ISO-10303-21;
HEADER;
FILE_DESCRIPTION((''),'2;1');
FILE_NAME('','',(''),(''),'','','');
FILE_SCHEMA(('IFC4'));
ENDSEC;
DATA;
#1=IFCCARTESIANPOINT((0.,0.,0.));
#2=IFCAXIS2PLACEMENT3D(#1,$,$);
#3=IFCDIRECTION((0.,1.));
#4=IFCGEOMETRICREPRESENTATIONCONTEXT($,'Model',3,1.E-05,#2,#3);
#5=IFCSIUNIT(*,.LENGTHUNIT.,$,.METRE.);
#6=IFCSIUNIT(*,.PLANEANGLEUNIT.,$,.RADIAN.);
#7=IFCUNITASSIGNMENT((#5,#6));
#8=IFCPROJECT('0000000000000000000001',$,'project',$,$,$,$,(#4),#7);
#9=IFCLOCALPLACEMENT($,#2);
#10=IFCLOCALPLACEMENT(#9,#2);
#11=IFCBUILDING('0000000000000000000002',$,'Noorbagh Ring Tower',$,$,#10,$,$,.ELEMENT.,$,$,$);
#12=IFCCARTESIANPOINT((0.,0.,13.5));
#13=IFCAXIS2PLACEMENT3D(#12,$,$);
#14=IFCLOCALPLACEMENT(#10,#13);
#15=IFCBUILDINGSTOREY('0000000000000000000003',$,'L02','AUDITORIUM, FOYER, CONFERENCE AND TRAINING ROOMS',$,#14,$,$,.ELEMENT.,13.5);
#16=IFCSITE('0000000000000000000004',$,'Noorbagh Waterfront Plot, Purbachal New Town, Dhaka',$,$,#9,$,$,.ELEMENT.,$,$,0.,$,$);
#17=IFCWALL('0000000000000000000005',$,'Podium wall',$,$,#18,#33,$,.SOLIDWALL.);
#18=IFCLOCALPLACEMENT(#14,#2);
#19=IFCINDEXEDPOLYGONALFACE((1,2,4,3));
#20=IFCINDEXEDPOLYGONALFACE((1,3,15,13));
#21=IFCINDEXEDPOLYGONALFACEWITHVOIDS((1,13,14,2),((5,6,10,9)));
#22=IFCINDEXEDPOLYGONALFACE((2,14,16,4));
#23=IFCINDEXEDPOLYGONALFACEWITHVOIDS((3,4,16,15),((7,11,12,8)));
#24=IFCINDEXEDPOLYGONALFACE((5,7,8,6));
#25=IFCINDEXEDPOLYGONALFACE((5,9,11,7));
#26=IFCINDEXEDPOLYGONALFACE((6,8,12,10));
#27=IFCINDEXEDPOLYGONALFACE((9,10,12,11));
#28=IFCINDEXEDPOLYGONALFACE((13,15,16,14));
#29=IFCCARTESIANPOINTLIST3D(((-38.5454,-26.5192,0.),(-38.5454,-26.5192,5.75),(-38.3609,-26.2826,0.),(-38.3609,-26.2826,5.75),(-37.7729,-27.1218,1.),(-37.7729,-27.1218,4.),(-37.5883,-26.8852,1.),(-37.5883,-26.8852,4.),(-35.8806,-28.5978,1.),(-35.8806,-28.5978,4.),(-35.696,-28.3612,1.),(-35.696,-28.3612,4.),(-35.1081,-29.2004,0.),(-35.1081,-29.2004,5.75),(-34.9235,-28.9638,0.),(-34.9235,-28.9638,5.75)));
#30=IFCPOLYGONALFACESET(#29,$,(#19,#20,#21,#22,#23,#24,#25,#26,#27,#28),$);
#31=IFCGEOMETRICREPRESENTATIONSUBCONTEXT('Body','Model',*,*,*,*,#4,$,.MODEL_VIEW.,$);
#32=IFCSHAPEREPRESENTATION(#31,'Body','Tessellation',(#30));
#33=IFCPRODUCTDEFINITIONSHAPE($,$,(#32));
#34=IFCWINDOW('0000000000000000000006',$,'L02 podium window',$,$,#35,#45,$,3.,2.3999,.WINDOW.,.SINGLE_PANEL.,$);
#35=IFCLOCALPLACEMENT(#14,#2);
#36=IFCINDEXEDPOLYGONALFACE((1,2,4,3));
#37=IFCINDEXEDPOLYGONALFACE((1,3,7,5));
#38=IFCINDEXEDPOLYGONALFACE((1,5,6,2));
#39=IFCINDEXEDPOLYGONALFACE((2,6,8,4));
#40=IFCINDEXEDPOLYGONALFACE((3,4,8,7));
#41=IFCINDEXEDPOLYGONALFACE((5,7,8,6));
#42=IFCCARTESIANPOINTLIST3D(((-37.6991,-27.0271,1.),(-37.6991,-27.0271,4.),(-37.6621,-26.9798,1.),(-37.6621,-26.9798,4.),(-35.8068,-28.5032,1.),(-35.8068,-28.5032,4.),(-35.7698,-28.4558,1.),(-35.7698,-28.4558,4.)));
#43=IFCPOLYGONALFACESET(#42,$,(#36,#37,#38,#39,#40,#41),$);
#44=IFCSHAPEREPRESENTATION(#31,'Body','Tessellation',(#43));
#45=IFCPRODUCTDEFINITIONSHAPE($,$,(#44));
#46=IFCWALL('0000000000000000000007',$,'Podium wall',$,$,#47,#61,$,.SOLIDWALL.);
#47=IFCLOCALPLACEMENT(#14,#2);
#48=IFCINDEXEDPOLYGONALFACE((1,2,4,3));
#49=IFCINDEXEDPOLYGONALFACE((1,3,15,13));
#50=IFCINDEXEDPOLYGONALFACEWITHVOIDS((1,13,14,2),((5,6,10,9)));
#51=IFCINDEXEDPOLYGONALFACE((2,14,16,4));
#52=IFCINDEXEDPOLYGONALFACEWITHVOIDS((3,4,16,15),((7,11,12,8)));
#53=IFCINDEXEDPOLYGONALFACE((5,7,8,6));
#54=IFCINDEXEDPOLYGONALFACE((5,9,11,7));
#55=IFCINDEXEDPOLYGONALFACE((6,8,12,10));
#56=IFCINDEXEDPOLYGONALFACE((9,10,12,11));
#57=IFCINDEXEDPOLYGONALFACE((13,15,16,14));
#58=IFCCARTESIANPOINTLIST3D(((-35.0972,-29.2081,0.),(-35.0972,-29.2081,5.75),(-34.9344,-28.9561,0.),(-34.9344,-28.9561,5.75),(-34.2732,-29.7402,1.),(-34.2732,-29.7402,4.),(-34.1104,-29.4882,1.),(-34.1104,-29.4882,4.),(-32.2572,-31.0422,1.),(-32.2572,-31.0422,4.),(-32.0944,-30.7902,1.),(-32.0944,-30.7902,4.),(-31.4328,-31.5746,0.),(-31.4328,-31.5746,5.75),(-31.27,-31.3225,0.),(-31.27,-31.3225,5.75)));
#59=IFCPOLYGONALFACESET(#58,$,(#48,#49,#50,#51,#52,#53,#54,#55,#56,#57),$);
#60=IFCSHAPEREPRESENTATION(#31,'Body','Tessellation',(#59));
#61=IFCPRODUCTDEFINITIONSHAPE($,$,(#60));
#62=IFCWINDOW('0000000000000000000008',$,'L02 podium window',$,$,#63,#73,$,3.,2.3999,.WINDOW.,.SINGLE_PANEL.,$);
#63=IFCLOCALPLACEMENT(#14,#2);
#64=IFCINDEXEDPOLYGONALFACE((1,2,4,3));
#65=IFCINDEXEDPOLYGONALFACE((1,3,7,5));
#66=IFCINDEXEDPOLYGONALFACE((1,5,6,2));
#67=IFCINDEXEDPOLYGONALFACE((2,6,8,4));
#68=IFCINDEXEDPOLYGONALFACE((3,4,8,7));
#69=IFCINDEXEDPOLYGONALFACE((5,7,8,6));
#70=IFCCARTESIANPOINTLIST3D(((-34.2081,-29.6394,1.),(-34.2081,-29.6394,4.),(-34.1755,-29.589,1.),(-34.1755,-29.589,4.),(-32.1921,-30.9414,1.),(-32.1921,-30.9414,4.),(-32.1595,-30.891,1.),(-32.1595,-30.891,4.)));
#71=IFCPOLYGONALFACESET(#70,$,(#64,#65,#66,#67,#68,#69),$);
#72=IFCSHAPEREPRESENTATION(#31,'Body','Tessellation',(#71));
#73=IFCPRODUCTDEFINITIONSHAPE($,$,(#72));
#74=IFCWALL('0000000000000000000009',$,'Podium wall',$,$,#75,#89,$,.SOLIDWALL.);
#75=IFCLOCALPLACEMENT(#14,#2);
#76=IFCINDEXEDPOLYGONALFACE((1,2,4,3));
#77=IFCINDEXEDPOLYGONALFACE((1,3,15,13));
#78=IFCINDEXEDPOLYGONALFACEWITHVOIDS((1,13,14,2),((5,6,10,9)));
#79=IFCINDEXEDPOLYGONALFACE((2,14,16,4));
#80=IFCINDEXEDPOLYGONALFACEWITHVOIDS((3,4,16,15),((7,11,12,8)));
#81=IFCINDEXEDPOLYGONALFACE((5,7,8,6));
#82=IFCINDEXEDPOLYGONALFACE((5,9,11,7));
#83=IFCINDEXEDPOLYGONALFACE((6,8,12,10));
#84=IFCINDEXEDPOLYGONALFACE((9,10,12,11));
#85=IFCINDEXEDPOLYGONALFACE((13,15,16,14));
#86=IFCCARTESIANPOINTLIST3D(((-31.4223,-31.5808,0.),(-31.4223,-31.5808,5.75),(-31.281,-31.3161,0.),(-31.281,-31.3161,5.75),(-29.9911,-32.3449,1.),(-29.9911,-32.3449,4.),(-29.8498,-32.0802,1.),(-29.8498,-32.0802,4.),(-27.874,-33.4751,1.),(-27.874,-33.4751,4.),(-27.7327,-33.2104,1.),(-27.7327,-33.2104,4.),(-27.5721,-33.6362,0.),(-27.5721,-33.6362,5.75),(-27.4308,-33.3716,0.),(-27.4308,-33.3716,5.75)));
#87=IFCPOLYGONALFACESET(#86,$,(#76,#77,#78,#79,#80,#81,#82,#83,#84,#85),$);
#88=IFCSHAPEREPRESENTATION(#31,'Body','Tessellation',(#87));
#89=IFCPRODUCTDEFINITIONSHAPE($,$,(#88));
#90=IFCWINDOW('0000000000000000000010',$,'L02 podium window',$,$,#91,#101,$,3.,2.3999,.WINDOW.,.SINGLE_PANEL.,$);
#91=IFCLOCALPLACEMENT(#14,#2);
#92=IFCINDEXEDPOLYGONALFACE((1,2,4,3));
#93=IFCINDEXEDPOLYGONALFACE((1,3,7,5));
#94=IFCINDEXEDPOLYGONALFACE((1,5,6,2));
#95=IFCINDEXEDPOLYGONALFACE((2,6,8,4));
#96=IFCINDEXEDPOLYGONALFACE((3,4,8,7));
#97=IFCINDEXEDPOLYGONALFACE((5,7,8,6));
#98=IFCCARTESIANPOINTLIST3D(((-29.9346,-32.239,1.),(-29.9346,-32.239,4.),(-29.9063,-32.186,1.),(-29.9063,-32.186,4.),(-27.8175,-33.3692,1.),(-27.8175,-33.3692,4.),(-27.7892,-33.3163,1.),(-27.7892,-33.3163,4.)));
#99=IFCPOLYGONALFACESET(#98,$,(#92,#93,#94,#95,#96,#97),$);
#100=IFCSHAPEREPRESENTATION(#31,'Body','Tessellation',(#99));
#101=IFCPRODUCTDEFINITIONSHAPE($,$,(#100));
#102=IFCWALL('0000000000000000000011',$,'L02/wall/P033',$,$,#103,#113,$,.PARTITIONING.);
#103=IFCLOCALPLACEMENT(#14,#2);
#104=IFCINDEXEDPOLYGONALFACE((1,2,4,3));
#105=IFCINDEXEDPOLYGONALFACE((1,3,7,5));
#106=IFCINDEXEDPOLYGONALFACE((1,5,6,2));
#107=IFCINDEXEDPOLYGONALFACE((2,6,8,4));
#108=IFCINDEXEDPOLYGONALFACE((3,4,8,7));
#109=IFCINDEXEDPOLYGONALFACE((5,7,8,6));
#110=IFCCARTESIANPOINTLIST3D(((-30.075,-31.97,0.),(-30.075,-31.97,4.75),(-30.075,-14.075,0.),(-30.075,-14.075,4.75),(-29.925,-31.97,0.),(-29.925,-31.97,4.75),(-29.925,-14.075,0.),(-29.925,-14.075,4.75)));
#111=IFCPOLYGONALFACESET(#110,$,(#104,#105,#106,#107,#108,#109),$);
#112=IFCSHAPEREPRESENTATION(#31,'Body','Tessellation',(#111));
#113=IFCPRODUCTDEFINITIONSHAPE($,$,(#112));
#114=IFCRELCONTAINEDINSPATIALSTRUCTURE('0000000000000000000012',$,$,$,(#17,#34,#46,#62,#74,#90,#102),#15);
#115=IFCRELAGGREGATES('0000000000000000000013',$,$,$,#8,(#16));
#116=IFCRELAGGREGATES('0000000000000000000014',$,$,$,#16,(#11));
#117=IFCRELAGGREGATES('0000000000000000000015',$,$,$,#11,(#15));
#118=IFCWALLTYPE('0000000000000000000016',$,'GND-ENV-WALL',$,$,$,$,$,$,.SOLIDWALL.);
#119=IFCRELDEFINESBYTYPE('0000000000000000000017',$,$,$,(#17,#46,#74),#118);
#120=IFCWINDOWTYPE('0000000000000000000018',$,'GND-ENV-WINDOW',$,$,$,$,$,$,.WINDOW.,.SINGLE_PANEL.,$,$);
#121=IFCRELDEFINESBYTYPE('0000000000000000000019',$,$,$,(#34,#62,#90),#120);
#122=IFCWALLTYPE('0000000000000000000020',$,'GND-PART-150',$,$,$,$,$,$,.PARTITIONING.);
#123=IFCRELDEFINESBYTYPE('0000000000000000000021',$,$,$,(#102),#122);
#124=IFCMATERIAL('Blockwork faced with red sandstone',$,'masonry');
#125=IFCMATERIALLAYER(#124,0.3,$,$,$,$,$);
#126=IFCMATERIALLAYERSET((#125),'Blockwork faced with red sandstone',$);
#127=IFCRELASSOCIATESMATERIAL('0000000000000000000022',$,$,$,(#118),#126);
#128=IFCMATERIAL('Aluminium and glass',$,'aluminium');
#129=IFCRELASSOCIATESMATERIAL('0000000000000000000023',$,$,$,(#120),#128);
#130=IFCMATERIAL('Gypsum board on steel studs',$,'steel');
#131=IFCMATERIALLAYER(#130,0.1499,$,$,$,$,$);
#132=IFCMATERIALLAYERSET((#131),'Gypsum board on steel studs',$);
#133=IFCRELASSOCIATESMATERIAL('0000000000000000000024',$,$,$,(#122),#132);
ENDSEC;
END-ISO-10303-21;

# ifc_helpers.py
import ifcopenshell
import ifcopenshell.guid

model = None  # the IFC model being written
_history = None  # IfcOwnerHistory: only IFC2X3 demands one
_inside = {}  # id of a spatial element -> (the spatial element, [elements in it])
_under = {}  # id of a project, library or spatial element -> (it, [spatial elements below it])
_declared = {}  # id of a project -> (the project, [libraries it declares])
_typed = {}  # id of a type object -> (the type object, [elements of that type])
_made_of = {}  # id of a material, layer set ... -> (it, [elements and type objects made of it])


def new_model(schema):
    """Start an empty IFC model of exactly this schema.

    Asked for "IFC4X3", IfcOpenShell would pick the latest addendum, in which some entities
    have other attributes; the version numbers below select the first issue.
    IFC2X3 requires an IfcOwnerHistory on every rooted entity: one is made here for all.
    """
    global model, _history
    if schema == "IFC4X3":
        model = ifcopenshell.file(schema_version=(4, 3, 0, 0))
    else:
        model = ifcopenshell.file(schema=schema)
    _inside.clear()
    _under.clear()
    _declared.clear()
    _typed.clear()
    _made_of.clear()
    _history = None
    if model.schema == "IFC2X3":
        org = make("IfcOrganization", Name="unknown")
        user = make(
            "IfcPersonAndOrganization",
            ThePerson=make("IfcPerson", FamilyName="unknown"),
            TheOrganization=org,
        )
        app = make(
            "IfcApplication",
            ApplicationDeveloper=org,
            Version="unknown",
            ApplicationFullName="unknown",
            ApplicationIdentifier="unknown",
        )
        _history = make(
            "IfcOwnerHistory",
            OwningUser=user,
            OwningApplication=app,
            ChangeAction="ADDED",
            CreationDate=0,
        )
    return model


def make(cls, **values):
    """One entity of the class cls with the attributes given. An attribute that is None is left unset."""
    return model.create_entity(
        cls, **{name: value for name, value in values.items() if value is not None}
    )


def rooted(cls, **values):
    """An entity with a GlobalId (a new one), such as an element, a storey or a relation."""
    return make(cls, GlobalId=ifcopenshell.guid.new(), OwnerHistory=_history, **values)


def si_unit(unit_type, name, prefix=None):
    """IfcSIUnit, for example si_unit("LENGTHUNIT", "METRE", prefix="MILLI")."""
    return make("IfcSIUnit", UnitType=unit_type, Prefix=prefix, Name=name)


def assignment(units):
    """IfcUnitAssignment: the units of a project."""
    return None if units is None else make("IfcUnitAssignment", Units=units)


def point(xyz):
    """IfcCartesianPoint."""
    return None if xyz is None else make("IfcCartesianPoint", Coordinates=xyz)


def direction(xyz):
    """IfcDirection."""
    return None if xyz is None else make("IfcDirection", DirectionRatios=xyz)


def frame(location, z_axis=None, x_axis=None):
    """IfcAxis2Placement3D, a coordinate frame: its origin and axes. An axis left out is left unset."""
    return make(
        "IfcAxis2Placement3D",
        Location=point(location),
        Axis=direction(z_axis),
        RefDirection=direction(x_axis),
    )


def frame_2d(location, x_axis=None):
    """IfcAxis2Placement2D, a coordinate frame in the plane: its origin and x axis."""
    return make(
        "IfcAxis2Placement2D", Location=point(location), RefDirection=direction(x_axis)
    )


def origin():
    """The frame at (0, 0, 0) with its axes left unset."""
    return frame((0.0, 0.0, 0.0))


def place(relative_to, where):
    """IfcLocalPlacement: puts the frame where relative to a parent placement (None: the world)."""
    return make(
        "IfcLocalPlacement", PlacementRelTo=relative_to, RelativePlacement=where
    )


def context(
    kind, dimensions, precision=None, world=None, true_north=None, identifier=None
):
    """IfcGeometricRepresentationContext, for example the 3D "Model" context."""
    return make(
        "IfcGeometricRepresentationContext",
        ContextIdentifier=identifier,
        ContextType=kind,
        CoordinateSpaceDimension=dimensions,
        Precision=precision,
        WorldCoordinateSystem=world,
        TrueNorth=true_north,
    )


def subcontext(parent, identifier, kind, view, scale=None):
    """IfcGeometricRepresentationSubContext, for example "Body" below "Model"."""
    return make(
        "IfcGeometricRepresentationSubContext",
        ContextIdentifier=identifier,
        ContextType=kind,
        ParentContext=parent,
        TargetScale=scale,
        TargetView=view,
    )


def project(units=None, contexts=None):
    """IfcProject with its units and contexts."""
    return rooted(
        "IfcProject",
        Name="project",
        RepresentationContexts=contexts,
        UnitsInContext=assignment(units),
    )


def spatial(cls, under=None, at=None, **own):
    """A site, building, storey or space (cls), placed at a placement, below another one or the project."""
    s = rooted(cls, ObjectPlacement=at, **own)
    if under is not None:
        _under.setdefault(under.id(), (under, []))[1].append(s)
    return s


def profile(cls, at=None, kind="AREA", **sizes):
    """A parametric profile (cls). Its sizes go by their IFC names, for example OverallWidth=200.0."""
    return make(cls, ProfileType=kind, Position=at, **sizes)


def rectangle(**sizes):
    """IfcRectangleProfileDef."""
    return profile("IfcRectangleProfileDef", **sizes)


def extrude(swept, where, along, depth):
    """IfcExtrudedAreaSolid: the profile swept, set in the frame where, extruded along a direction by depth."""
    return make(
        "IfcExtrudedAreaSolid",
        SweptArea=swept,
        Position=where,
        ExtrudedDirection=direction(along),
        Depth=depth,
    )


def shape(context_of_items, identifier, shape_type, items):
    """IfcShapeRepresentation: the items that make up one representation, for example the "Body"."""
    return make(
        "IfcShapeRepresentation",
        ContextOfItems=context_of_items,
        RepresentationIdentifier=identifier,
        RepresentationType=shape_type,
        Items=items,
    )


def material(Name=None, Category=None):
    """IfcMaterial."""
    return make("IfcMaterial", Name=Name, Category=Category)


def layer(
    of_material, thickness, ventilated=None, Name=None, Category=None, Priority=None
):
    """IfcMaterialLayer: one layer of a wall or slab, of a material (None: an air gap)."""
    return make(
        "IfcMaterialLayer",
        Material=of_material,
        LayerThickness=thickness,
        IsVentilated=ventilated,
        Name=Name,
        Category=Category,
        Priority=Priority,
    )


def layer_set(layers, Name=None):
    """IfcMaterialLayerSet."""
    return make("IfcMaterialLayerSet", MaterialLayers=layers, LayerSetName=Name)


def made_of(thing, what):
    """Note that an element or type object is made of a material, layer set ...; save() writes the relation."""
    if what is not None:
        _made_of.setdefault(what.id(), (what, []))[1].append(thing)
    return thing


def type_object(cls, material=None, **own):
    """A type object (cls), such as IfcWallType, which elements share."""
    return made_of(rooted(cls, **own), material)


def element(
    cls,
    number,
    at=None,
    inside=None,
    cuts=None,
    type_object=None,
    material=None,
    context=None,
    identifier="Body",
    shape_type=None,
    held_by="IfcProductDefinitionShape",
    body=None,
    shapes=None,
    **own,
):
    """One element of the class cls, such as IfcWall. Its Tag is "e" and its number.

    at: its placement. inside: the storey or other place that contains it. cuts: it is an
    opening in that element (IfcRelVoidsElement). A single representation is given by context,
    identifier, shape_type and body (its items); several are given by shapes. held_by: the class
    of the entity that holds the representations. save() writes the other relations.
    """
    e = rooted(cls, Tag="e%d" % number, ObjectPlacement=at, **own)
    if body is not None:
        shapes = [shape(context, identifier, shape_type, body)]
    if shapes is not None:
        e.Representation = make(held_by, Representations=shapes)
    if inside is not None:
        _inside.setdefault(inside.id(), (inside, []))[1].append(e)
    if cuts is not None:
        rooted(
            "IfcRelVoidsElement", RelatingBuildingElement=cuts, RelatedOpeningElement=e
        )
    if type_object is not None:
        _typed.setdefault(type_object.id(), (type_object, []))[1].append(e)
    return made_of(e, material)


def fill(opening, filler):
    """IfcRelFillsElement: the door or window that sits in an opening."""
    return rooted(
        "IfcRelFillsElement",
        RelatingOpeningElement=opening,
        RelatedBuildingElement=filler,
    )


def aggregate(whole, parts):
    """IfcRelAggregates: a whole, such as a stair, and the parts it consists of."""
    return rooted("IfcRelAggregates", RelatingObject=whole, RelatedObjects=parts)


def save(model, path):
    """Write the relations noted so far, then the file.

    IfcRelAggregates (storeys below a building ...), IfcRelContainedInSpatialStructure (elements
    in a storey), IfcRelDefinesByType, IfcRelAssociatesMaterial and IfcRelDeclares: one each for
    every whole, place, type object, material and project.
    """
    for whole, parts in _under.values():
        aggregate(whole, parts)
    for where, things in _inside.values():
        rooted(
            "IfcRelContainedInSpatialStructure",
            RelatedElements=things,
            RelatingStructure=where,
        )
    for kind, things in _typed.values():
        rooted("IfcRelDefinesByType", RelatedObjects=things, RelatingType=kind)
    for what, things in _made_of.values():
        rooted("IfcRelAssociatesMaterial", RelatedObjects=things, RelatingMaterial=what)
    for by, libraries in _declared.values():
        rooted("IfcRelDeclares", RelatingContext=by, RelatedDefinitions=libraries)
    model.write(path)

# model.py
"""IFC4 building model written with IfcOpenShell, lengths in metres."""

from ifc_helpers import new_model, si_unit, direction, frame, frame_2d, origin, place, context, subcontext, project, spatial, rectangle, extrude, material, layer, layer_set, type_object, element, fill, save


model = new_model("IFC4")

# Units and contexts
model_context = context("Model", 3, precision=1e-05, world=origin(), true_north=direction((0.0, 1.0)))
body_context = subcontext(model_context, "Body", "Model", "MODEL_VIEW")
ifc_project = project(units=[si_unit("LENGTHUNIT", "METRE"), si_unit("PLANEANGLEUNIT", "RADIAN")], contexts=[model_context])

# Site, building, storey
site_placement = place(None, origin())
site = spatial("IfcSite", under=ifc_project, at=site_placement, Name="Noorbagh Waterfront Plot, Purbachal New Town, Dhaka", CompositionType="ELEMENT", RefElevation=0.0)
building_placement = place(site_placement, origin())
building = spatial("IfcBuilding", under=site, at=building_placement, Name="Noorbagh Ring Tower", CompositionType="ELEMENT")
storey_placement = place(building_placement, frame((0.0, 0.0, 13.5)))
storey = spatial("IfcBuildingStorey", under=building, at=storey_placement, Name="L02", Description="AUDITORIUM, FOYER, CONFERENCE AND TRAINING ROOMS", CompositionType="ELEMENT", Elevation=13.5)

# Walls, openings, windows
ifc_material_1 = material(Name="Blockwork faced with red sandstone", Category="masonry")
ifc_layer_1 = layer(ifc_material_1, 0.3)
ifc_layer_set_1 = layer_set([ifc_layer_1], Name="Blockwork faced with red sandstone")
wall_type_1 = type_object("IfcWallType", Name="GND-ENV-WALL", PredefinedType="SOLIDWALL", material=ifc_layer_set_1)
wall_1_placement = place(storey_placement, frame((-38.4531, -26.4009, 0.0), z_axis=(0.0, 0.0, 1.0), x_axis=(0.788492, -0.615045, 0.0)))
wall_1 = element("IfcWall", 1, at=wall_1_placement, inside=storey, type_object=wall_type_1, Name="Podium wall", PredefinedType="SOLIDWALL", context=body_context, shape_type="SweptSolid", body=[
    extrude(rectangle(XDim=4.3594, YDim=0.3, at=frame_2d((2.1797, 0.0))), origin(), (0.0, 0.0, 1.0), 5.75),
])
opening_1_placement = place(wall_1_placement, frame((0.9797, 0.0, 1.0)))
opening_1 = element("IfcOpeningElement", 2, at=opening_1_placement, cuts=wall_1, PredefinedType="OPENING", context=body_context, shape_type="SweptSolid", body=[
    extrude(rectangle(XDim=2.3999, YDim=3.0, at=frame_2d((1.2, 1.5))), frame((0.0, 0.1602, 0.0), z_axis=(0.0, -1.0, 0.0), x_axis=(1.0, 0.0, 0.0)), (0.0, 0.0, 1.0), 0.3201),
])
ifc_material_2 = material(Name="Aluminium and glass", Category="aluminium")
window_type = type_object("IfcWindowType", Name="GND-ENV-WINDOW", PartitioningType="SINGLE_PANEL", PredefinedType="WINDOW", material=ifc_material_2)
window_1_placement = place(opening_1_placement, origin())
window_1 = element("IfcWindow", 3, at=window_1_placement, inside=storey, type_object=window_type, Name="L02 podium window", OverallHeight=3.0, OverallWidth=2.3999, PartitioningType="SINGLE_PANEL", PredefinedType="WINDOW", context=body_context, shape_type="SweptSolid", body=[
    extrude(rectangle(XDim=2.3999, YDim=3.0, at=frame_2d((1.2, 1.5))), frame((0.0, 0.03, 0.0), z_axis=(0.0, -1.0, 0.0), x_axis=(1.0, 0.0, 0.0)), (0.0, 0.0, 1.0), 0.0601),
])
fill(opening_1, window_1)
wall_2_placement = place(storey_placement, frame((-35.0159, -29.082, 0.0), z_axis=(0.0, 0.0, 1.0), x_axis=(0.840047, -0.542513, 0.0)))
wall_2 = element("IfcWall", 4, at=wall_2_placement, inside=storey, type_object=wall_type_1, Name="Podium wall", PredefinedType="SOLIDWALL", context=body_context, shape_type="SweptSolid", body=[
    extrude(rectangle(XDim=4.3621, YDim=0.3, at=frame_2d((2.1812, 0.0))), origin(), (0.0, 0.0, 1.0), 5.75),
])
opening_2_placement = place(wall_2_placement, frame((0.981, 0.0, 1.0)))
opening_2 = element("IfcOpeningElement", 5, at=opening_2_placement, cuts=wall_2, PredefinedType="OPENING", context=body_context, shape_type="SweptSolid", body=[
    extrude(rectangle(XDim=2.3999, YDim=3.0, at=frame_2d((1.2, 1.5))), frame((0.0, 0.1602, 0.0), z_axis=(0.0, -1.0, 0.0), x_axis=(1.0, 0.0, 0.0)), (0.0, 0.0, 1.0), 0.3201),
])
window_2_placement = place(opening_2_placement, origin())
window_2 = element("IfcWindow", 6, at=window_2_placement, inside=storey, type_object=window_type, Name="L02 podium window", OverallHeight=3.0, OverallWidth=2.3999, PartitioningType="SINGLE_PANEL", PredefinedType="WINDOW", context=body_context, shape_type="SweptSolid", body=[
    extrude(rectangle(XDim=2.3999, YDim=3.0, at=frame_2d((1.2, 1.5))), frame((0.0, 0.03, 0.0), z_axis=(0.0, -1.0, 0.0), x_axis=(1.0, 0.0, 0.0)), (0.0, 0.0, 1.0), 0.0601),
])
fill(opening_2, window_2)
wall_3_placement = place(storey_placement, frame((-31.3516, -31.4485, 0.0), z_axis=(0.0, 0.0, 1.0), x_axis=(0.882159, -0.470951, 0.0)))
wall_3 = element("IfcWall", 7, at=wall_3_placement, inside=storey, type_object=wall_type_1, Name="Podium wall", PredefinedType="SOLIDWALL", context=body_context, shape_type="SweptSolid", body=[
    extrude(rectangle(XDim=4.3645, YDim=0.3, at=frame_2d((2.1821, 0.0))), origin(), (0.0, 0.0, 1.0), 5.75),
])
opening_3_placement = place(wall_3_placement, frame((1.6223, 0.0, 1.0)))
opening_3 = element("IfcOpeningElement", 8, at=opening_3_placement, cuts=wall_3, PredefinedType="OPENING", context=body_context, shape_type="SweptSolid", body=[
    extrude(rectangle(XDim=2.3999, YDim=3.0, at=frame_2d((1.2, 1.5))), frame((0.0, 0.1602, 0.0), z_axis=(0.0, -1.0, 0.0), x_axis=(1.0, 0.0, 0.0)), (0.0, 0.0, 1.0), 0.3201),
])
window_3_placement = place(opening_3_placement, origin())
window_3 = element("IfcWindow", 9, at=window_3_placement, inside=storey, type_object=window_type, Name="L02 podium window", OverallHeight=3.0, OverallWidth=2.3999, PartitioningType="SINGLE_PANEL", PredefinedType="WINDOW", context=body_context, shape_type="SweptSolid", body=[
    extrude(rectangle(XDim=2.3999, YDim=3.0, at=frame_2d((1.2, 1.5))), frame((0.0, 0.03, 0.0), z_axis=(0.0, -1.0, 0.0), x_axis=(1.0, 0.0, 0.0)), (0.0, 0.0, 1.0), 0.0601),
])
fill(opening_3, window_3)

# Wall
ifc_material_3 = material(Name="Gypsum board on steel studs", Category="steel")
ifc_layer_2 = layer(ifc_material_3, 0.1499)
ifc_layer_set_2 = layer_set([ifc_layer_2], Name="Gypsum board on steel studs")
wall_type_2 = type_object("IfcWallType", Name="GND-PART-150", PredefinedType="PARTITIONING", material=ifc_layer_set_2)
wall_4_placement = place(storey_placement, frame((-30.0, -31.97, 0.0), z_axis=(0.0, 0.0, 1.0), x_axis=(0.0, 1.0, 0.0)))
element("IfcWall", 10, at=wall_4_placement, inside=storey, type_object=wall_type_2, Name="L02/wall/P033", PredefinedType="PARTITIONING", context=body_context, shape_type="SweptSolid", body=[
    extrude(rectangle(XDim=17.895, YDim=0.1499, at=frame_2d((8.9475, 0.0))), origin(), (0.0, 0.0, 1.0), 4.75),
])

save(model, "model.ifc")
